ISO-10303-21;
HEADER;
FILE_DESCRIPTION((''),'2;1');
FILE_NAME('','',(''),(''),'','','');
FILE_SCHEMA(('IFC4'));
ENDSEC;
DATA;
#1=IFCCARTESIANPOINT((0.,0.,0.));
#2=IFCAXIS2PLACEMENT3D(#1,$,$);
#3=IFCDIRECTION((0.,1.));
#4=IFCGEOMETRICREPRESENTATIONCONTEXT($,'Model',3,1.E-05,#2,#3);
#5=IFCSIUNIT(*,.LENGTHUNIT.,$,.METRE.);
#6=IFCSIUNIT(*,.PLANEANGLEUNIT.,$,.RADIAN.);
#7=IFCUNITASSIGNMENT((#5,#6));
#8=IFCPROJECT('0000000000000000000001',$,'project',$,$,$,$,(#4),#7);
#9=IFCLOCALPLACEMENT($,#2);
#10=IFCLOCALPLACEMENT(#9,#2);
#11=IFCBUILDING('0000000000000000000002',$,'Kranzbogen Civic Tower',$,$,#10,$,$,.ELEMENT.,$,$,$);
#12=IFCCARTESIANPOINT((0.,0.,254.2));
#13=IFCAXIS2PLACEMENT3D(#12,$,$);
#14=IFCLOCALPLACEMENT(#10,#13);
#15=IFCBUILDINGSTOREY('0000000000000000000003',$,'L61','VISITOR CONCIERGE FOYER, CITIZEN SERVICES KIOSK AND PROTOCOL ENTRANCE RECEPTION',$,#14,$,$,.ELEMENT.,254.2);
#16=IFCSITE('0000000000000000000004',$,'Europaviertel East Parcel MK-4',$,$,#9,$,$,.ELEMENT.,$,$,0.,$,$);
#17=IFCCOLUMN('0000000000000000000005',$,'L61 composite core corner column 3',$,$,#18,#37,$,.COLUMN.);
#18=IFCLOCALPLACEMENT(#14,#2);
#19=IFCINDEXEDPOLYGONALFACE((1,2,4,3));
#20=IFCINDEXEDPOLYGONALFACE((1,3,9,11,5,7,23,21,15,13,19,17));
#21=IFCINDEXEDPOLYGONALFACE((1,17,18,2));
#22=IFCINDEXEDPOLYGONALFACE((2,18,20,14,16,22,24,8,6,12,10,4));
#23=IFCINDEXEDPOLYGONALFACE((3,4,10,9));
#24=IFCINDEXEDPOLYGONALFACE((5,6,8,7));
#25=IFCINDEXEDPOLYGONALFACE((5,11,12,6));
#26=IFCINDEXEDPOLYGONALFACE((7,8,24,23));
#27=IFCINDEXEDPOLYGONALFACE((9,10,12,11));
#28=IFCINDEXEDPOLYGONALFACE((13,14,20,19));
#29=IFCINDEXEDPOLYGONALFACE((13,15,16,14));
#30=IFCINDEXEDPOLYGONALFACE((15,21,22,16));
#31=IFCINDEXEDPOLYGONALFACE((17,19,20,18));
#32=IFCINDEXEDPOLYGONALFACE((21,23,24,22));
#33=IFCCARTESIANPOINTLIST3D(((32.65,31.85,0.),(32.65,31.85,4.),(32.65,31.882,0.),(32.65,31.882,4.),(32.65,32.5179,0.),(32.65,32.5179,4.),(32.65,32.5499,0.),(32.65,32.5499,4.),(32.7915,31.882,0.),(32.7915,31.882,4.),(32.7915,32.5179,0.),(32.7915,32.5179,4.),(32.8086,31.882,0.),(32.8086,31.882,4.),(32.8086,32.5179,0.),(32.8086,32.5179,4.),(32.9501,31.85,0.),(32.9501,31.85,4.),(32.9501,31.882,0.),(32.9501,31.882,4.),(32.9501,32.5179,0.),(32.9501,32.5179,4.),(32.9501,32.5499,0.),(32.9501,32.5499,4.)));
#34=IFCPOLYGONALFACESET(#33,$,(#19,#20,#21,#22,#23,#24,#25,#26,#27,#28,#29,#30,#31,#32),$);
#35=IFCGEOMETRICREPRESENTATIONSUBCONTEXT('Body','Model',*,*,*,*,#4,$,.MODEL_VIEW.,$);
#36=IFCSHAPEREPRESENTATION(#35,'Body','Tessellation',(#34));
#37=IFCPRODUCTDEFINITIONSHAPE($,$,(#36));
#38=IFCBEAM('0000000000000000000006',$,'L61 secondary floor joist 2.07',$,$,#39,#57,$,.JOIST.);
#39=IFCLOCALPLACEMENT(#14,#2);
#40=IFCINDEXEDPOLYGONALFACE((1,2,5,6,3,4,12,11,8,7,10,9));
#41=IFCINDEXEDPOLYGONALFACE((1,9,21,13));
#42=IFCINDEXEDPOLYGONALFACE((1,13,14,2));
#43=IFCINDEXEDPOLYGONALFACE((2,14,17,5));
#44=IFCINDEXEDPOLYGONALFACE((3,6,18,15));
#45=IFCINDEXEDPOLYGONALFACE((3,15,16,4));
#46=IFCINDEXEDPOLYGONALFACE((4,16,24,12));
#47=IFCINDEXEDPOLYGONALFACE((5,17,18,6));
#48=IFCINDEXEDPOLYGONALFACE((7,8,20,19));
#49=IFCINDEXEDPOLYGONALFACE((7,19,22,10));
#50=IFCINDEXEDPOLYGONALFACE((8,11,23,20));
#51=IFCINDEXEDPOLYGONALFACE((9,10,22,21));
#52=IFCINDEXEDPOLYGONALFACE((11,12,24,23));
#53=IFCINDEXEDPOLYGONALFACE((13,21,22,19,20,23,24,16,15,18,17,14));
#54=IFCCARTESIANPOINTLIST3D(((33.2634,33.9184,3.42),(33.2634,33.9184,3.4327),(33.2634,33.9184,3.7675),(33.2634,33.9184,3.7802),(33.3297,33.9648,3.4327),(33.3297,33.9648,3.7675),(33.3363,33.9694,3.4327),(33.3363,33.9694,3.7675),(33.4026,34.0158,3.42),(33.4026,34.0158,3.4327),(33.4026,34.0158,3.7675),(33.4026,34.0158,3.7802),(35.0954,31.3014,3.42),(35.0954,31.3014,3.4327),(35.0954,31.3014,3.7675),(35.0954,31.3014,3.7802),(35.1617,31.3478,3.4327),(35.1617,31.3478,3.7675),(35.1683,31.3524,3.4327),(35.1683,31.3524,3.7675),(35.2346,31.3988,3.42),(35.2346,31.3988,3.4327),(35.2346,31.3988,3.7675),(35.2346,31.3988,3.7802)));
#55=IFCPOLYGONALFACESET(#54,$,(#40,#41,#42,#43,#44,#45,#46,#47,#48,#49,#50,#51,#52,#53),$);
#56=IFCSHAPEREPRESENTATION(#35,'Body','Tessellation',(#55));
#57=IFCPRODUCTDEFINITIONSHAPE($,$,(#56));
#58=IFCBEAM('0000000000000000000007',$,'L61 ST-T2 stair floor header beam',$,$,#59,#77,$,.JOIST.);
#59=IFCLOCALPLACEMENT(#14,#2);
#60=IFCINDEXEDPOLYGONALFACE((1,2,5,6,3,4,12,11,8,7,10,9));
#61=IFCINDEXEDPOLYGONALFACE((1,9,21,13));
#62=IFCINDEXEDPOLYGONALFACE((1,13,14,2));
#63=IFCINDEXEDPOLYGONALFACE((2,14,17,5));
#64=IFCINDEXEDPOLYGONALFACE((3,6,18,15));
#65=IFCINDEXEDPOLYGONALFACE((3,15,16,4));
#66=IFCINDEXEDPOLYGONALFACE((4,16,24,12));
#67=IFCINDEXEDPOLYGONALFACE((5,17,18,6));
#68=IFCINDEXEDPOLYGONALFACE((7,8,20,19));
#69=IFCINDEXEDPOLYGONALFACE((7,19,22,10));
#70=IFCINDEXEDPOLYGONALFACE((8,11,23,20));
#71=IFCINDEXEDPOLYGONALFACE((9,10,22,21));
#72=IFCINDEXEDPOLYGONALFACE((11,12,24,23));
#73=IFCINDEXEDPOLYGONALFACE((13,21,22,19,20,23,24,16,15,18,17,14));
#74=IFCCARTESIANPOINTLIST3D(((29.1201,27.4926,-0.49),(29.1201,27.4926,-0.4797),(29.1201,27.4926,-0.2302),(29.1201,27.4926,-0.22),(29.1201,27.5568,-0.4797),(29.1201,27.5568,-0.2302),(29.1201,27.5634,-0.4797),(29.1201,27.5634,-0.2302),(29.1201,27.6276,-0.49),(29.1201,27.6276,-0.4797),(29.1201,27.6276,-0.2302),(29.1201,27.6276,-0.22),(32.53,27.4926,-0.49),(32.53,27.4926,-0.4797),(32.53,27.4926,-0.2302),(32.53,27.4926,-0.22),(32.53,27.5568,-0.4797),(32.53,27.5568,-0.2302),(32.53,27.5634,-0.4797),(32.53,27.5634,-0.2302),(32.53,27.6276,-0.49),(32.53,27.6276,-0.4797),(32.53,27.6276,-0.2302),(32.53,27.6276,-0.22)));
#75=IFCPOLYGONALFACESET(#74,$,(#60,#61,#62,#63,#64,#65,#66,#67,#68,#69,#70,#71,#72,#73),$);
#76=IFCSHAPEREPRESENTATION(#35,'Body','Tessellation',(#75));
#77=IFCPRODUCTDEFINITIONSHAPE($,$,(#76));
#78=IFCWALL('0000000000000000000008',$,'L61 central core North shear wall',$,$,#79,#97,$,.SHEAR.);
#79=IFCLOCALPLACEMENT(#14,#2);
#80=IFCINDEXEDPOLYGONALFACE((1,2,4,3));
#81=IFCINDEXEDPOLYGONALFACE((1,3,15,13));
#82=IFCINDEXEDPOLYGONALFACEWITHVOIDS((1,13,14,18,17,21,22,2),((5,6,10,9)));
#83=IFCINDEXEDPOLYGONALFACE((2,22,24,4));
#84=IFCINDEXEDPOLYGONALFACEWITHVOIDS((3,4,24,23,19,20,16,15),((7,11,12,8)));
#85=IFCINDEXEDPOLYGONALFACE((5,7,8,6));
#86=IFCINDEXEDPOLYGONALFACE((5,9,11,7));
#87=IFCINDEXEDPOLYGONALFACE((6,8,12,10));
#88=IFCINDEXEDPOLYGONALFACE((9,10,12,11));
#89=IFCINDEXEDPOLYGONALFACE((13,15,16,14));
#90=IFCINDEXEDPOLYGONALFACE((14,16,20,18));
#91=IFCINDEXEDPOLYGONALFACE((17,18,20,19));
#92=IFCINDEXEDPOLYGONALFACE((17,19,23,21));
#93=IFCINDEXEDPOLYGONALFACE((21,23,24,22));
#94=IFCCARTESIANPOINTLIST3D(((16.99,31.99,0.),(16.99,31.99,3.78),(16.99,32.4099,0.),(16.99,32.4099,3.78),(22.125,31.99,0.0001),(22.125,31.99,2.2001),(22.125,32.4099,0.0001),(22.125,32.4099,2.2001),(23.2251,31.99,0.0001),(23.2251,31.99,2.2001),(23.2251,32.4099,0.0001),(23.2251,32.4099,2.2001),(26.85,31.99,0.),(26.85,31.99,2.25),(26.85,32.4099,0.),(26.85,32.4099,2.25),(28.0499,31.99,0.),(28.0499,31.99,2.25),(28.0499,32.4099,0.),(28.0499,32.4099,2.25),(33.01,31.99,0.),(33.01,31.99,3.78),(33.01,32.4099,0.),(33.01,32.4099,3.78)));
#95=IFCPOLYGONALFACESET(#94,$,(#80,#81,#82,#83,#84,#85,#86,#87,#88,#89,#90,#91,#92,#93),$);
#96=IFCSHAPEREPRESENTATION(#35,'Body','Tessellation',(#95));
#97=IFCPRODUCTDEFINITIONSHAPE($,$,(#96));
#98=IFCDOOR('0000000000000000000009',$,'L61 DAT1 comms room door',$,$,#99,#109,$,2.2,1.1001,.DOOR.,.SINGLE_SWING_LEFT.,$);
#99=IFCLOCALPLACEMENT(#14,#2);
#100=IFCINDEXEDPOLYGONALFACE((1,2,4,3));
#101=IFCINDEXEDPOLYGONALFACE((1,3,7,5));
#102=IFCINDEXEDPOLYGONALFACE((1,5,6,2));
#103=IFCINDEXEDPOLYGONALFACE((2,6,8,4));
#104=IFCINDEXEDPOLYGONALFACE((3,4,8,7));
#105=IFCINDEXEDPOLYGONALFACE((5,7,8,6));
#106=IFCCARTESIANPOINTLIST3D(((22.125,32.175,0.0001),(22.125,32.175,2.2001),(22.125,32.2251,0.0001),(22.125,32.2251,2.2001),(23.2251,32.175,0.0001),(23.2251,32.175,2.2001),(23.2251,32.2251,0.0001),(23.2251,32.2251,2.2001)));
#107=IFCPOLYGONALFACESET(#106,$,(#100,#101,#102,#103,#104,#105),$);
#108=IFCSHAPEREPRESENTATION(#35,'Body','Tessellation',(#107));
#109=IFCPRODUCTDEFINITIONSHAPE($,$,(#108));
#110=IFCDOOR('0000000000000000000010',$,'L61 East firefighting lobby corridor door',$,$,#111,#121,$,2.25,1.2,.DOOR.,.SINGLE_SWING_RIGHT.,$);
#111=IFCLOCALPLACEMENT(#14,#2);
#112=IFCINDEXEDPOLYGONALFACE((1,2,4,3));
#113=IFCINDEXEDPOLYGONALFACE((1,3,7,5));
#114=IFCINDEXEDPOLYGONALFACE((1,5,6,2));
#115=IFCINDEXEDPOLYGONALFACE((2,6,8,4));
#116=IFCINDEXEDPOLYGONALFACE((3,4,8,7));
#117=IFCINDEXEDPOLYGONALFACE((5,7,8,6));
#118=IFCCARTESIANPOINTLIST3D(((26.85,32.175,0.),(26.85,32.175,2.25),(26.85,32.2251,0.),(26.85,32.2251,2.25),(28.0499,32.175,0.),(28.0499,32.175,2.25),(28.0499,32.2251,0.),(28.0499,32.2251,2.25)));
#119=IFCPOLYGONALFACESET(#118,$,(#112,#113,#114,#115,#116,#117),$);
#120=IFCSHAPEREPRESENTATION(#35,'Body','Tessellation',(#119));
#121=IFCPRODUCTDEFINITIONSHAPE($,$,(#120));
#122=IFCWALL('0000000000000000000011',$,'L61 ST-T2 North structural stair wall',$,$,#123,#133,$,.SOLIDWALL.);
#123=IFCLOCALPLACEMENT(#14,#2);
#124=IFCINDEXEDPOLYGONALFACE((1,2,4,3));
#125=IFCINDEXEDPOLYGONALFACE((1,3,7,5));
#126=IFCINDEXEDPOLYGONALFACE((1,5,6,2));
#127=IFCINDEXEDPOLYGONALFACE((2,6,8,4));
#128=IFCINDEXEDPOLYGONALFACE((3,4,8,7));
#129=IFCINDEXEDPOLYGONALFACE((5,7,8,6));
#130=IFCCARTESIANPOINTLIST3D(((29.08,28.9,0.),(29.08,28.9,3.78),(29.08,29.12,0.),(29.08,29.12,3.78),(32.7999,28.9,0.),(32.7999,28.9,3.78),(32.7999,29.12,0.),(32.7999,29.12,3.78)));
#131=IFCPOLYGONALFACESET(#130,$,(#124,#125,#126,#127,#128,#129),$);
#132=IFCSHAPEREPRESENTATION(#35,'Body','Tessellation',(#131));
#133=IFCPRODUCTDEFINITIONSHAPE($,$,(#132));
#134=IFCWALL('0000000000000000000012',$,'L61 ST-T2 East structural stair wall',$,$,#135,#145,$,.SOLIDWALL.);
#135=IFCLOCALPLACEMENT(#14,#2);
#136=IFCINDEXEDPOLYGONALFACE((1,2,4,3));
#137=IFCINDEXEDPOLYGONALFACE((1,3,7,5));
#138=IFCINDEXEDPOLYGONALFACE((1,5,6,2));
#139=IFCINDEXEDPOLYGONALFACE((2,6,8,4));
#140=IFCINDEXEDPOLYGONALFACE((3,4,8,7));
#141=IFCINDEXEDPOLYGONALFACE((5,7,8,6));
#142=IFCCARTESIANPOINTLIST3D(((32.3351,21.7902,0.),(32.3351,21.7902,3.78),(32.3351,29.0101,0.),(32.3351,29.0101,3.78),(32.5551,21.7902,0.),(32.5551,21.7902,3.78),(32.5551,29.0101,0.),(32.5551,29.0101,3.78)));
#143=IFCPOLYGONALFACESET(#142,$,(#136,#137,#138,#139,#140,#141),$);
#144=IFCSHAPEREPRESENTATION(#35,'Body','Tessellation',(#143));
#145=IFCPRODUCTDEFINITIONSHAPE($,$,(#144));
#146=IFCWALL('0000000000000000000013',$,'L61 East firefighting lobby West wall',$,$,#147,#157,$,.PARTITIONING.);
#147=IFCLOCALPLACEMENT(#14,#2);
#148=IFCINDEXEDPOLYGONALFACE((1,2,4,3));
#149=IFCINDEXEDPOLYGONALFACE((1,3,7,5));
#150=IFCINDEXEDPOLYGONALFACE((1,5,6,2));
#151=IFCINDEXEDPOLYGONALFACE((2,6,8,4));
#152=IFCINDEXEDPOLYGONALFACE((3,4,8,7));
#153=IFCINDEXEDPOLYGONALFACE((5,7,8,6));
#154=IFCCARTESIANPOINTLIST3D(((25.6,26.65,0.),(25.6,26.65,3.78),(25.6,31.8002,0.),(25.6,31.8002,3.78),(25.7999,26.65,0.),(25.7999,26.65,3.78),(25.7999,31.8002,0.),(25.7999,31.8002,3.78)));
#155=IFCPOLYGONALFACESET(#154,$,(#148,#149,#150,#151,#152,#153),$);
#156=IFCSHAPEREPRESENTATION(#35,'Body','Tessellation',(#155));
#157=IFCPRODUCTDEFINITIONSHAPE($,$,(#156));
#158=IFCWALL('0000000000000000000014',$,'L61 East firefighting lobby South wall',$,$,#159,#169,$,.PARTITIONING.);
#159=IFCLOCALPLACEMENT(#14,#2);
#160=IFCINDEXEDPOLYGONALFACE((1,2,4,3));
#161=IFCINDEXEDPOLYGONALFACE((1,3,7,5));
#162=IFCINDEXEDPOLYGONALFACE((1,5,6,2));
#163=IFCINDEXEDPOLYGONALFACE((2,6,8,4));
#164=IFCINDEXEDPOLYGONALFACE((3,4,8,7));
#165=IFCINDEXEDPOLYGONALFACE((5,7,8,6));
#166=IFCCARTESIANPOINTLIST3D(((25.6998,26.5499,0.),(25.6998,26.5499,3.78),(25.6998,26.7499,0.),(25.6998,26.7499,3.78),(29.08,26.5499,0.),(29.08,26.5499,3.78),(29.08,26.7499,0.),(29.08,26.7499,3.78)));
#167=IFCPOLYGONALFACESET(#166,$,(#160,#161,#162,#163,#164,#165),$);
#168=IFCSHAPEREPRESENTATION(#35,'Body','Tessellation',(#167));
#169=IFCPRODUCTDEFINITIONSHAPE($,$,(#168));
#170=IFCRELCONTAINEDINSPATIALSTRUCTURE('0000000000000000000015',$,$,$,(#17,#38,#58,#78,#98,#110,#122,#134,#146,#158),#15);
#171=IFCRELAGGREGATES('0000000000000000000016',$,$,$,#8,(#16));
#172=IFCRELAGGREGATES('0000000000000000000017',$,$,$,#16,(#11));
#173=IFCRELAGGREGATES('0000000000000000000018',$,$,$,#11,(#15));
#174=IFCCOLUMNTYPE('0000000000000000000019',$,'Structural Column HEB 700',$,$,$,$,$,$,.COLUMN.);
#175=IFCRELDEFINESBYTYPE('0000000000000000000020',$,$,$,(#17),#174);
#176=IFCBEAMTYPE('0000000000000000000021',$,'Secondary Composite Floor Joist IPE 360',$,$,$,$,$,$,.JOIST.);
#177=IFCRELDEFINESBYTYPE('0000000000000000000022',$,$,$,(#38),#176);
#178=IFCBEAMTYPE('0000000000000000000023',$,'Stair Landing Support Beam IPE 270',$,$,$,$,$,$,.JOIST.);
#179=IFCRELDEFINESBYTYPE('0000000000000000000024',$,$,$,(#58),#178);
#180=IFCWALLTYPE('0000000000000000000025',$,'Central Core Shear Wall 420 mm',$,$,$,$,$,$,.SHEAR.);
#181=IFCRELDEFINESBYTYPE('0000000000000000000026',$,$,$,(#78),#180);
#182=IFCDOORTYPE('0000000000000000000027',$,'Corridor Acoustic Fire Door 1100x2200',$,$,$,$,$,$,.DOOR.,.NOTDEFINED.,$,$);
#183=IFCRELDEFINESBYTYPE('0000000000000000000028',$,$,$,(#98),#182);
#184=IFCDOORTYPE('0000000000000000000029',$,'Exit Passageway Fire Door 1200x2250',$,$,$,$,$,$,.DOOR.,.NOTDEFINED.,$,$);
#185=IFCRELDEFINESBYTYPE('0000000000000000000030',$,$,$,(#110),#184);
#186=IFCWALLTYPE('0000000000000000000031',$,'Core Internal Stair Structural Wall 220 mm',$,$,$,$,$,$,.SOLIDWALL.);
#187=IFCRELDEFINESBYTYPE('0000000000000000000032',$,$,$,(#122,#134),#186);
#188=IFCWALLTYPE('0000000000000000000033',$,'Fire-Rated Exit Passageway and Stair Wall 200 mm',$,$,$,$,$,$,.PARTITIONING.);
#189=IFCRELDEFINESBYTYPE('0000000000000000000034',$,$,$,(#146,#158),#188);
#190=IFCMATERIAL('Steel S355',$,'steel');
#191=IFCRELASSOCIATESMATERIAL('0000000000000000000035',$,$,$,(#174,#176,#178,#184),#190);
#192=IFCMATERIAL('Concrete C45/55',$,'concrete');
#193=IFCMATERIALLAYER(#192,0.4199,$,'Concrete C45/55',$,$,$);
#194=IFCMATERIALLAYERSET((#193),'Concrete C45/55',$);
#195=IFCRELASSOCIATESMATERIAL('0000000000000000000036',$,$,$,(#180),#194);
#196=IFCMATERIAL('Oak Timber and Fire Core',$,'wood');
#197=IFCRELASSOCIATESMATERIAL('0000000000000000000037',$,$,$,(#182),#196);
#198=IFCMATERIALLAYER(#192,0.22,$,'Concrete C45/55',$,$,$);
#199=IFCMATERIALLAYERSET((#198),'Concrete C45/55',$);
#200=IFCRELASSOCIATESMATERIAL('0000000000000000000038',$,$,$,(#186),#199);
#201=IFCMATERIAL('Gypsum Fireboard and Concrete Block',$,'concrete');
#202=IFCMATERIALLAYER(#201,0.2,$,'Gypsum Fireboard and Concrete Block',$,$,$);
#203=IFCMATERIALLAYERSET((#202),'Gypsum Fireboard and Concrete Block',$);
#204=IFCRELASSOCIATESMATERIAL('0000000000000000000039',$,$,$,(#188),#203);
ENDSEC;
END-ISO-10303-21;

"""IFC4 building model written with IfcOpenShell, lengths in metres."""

from ifc_helpers import new_model, si_unit, direction, frame, frame_2d, origin, origin_2d, place, context, subcontext, project, spatial, rectangle, i_section, extrude, material, layer, layer_set, material_profile, profile_set, type_object, element, fill, save


model = new_model("IFC4")

# Units and contexts
model_context = context("Model", 3, precision=1e-05, world=origin(), true_north=direction((0.0, 1.0)))
body_context = subcontext(model_context, "Body", "Model", "MODEL_VIEW")
ifc_project = project(units=[si_unit("LENGTHUNIT", "METRE"), si_unit("PLANEANGLEUNIT", "RADIAN")], contexts=[model_context])

# Site, building, storey
site_placement = place(None, origin())
site = spatial("IfcSite", under=ifc_project, at=site_placement, Name="Europaviertel East Parcel MK-4", CompositionType="ELEMENT", RefElevation=0.0)
building_placement = place(site_placement, origin())
building = spatial("IfcBuilding", under=site, at=building_placement, Name="Kranzbogen Civic Tower", CompositionType="ELEMENT")
storey_placement = place(building_placement, frame((0.0, 0.0, 254.2)))
storey = spatial("IfcBuildingStorey", under=building, at=storey_placement, Name="L61", Description="VISITOR CONCIERGE FOYER, CITIZEN SERVICES KIOSK AND PROTOCOL ENTRANCE RECEPTION", CompositionType="ELEMENT", Elevation=254.2)

# Column
ifc_material_1 = material(Name="Steel S355", Category="steel")
ifc_material_profile_1 = material_profile(ifc_material_1, i_section(OverallWidth=0.3, OverallDepth=0.7, WebThickness=0.0171, FlangeThickness=0.032, at=origin_2d()), Name="HEB 700")
ifc_profile_set_1 = profile_set([ifc_material_profile_1], Name="Steel S355")
column_type = type_object("IfcColumnType", Name="Structural Column HEB 700", PredefinedType="COLUMN", material=ifc_profile_set_1)
column_placement = place(storey_placement, frame((32.8, 32.2, 0.0), z_axis=(0.0, 0.0, 1.0), x_axis=(1.0, 0.0, 0.0)))
element("IfcColumn", 1, at=column_placement, inside=storey, type_object=column_type, Name="L61 composite core corner column 3", PredefinedType="COLUMN", context=body_context, shape_type="SweptSolid", body=[
    extrude(i_section(OverallWidth=0.3, OverallDepth=0.7, WebThickness=0.0171, FlangeThickness=0.032, at=origin_2d()), origin(), (0.0, 0.0, 1.0), 4.0),
])

# Beams
ifc_material_profile_2 = material_profile(ifc_material_1, i_section(OverallWidth=0.1699, OverallDepth=0.3601, WebThickness=0.0081, FlangeThickness=0.0127, at=origin_2d()), Name="IPE 360")
ifc_profile_set_2 = profile_set([ifc_material_profile_2], Name="Steel S355")
beam_type_1 = type_object("IfcBeamType", Name="Secondary Composite Floor Joist IPE 360", PredefinedType="JOIST", material=ifc_profile_set_2)
beam_1_placement = place(storey_placement, frame((35.165, 31.3501, 3.6001), z_axis=(-0.573498, 0.819207, 0.0), x_axis=(-0.819207, -0.573498, 0.0)))
element("IfcBeam", 2, at=beam_1_placement, inside=storey, type_object=beam_type_1, Name="L61 secondary floor joist 2.07", PredefinedType="JOIST", context=body_context, shape_type="SweptSolid", body=[
    extrude(i_section(OverallWidth=0.1699, OverallDepth=0.3601, WebThickness=0.0081, FlangeThickness=0.0127, at=origin_2d()), origin(), (0.0, 0.0, 1.0), 3.1946),
])
ifc_material_profile_3 = material_profile(ifc_material_1, i_section(OverallWidth=0.135, OverallDepth=0.27, WebThickness=0.0066, FlangeThickness=0.0103, at=origin_2d()), Name="IPE 270")
ifc_profile_set_3 = profile_set([ifc_material_profile_3], Name="Steel S355")
beam_type_2 = type_object("IfcBeamType", Name="Stair Landing Support Beam IPE 270", PredefinedType="JOIST", material=ifc_profile_set_3)
beam_2_placement = place(storey_placement, frame((29.1201, 27.5601, -0.355), z_axis=(1.0, 0.0, 0.0), x_axis=(0.0, 1.0, 0.0)))
element("IfcBeam", 3, at=beam_2_placement, inside=storey, type_object=beam_type_2, Name="L61 ST-T2 stair floor header beam", PredefinedType="JOIST", context=body_context, shape_type="SweptSolid", body=[
    extrude(i_section(OverallWidth=0.135, OverallDepth=0.27, WebThickness=0.0066, FlangeThickness=0.0103, at=origin_2d()), origin(), (0.0, 0.0, 1.0), 3.4099),
])

# Wall, openings, doors
ifc_material_2 = material(Name="Concrete C45/55", Category="concrete")
ifc_layer_1 = layer(ifc_material_2, 0.4199, Name="Concrete C45/55")
ifc_layer_set_1 = layer_set([ifc_layer_1], Name="Concrete C45/55")
wall_type_1 = type_object("IfcWallType", Name="Central Core Shear Wall 420 mm", PredefinedType="SHEAR", material=ifc_layer_set_1)
wall_1_placement = place(storey_placement, frame((33.01, 32.2, 0.0), z_axis=(0.0, 0.0, 1.0), x_axis=(-1.0, 0.0, 0.0)))
wall_1 = element("IfcWall", 4, at=wall_1_placement, inside=storey, type_object=wall_type_1, Name="L61 central core North shear wall", PredefinedType="SHEAR", context=body_context, shape_type="SweptSolid", body=[
    extrude(rectangle(XDim=16.02, YDim=0.4199, at=frame_2d((8.01, 0.0))), origin(), (0.0, 0.0, 1.0), 3.78),
])
opening_1_placement = place(wall_1_placement, frame((4.96, 0.0, 0.0)))
opening_1 = element("IfcOpeningElement", 5, at=opening_1_placement, cuts=wall_1, PredefinedType="OPENING", context=body_context, shape_type="SweptSolid", body=[
    extrude(rectangle(XDim=1.2, YDim=2.25, at=frame_2d((0.6001, 1.125))), frame((0.0, 0.22, 0.0), z_axis=(0.0, -1.0, 0.0), x_axis=(1.0, 0.0, 0.0)), (0.0, 0.0, 1.0), 0.4399),
])
opening_2_placement = place(wall_1_placement, frame((9.7849, 0.0, 0.0)))
opening_2 = element("IfcOpeningElement", 6, at=opening_2_placement, cuts=wall_1, PredefinedType="OPENING", context=body_context, shape_type="SweptSolid", body=[
    extrude(rectangle(XDim=1.1001, YDim=2.2, at=frame_2d((0.55, 1.1001))), frame((0.0, 0.22, 0.0), z_axis=(0.0, -1.0, 0.0), x_axis=(1.0, 0.0, 0.0)), (0.0, 0.0, 1.0), 0.4399),
])
ifc_material_3 = material(Name="Oak Timber and Fire Core", Category="wood")
door_type_1 = type_object("IfcDoorType", Name="Corridor Acoustic Fire Door 1100x2200", OperationType="NOTDEFINED", PredefinedType="DOOR", material=ifc_material_3)
door_1_placement = place(opening_2_placement, origin())
door_1 = element("IfcDoor", 7, at=door_1_placement, inside=storey, type_object=door_type_1, Name="L61 DAT1 comms room door", OperationType="SINGLE_SWING_LEFT", OverallHeight=2.2, OverallWidth=1.1001, PredefinedType="DOOR", context=body_context, shape_type="SweptSolid", body=[
    extrude(rectangle(XDim=1.1001, YDim=2.2, at=frame_2d((0.55, 1.1001))), frame((0.0, 0.0249, 0.0), z_axis=(0.0, -1.0, 0.0), x_axis=(1.0, 0.0, 0.0)), (0.0, 0.0, 1.0), 0.05),
])
fill(opening_2, door_1)
door_type_2 = type_object("IfcDoorType", Name="Exit Passageway Fire Door 1200x2250", OperationType="NOTDEFINED", PredefinedType="DOOR", material=ifc_material_1)
door_2_placement = place(opening_1_placement, origin())
door_2 = element("IfcDoor", 8, at=door_2_placement, inside=storey, type_object=door_type_2, Name="L61 East firefighting lobby corridor door", OperationType="SINGLE_SWING_RIGHT", OverallHeight=2.25, OverallWidth=1.2, PredefinedType="DOOR", context=body_context, shape_type="SweptSolid", body=[
    extrude(rectangle(XDim=1.2, YDim=2.25, at=frame_2d((0.6001, 1.125))), frame((0.0, 0.0249, 0.0), z_axis=(0.0, -1.0, 0.0), x_axis=(1.0, 0.0, 0.0)), (0.0, 0.0, 1.0), 0.05),
])
fill(opening_1, door_2)

# Walls
ifc_layer_2 = layer(ifc_material_2, 0.22, Name="Concrete C45/55")
ifc_layer_set_2 = layer_set([ifc_layer_2], Name="Concrete C45/55")
wall_type_2 = type_object("IfcWallType", Name="Core Internal Stair Structural Wall 220 mm", PredefinedType="SOLIDWALL", material=ifc_layer_set_2)
wall_2_placement = place(storey_placement, frame((29.0801, 29.01, 0.0), z_axis=(0.0, 0.0, 1.0), x_axis=(1.0, 0.0, 0.0)))
element("IfcWall", 9, at=wall_2_placement, inside=storey, type_object=wall_type_2, Name="L61 ST-T2 North structural stair wall", PredefinedType="SOLIDWALL", context=body_context, shape_type="SweptSolid", body=[
    extrude(rectangle(XDim=3.72, YDim=0.22, at=frame_2d((1.8599, 0.0))), origin(), (0.0, 0.0, 1.0), 3.78),
])
wall_3_placement = place(storey_placement, frame((32.4451, 29.01, 0.0), z_axis=(0.0, 0.0, 1.0), x_axis=(0.0, -1.0, 0.0)))
element("IfcWall", 10, at=wall_3_placement, inside=storey, type_object=wall_type_2, Name="L61 ST-T2 East structural stair wall", PredefinedType="SOLIDWALL", context=body_context, shape_type="SweptSolid", body=[
    extrude(rectangle(XDim=7.22, YDim=0.22, at=frame_2d((3.6099, 0.0))), origin(), (0.0, 0.0, 1.0), 3.78),
])
ifc_material_4 = material(Name="Gypsum Fireboard and Concrete Block", Category="concrete")
ifc_layer_3 = layer(ifc_material_4, 0.2, Name="Gypsum Fireboard and Concrete Block")
ifc_layer_set_3 = layer_set([ifc_layer_3], Name="Gypsum Fireboard and Concrete Block")
wall_type_3 = type_object("IfcWallType", Name="Fire-Rated Exit Passageway and Stair Wall 200 mm", PredefinedType="PARTITIONING", material=ifc_layer_set_3)
wall_4_placement = place(storey_placement, frame((25.7, 26.6499, 0.0), z_axis=(0.0, 0.0, 1.0), x_axis=(0.0, 1.0, 0.0)))
element("IfcWall", 11, at=wall_4_placement, inside=storey, type_object=wall_type_3, Name="L61 East firefighting lobby West wall", PredefinedType="PARTITIONING", context=body_context, shape_type="SweptSolid", body=[
    extrude(rectangle(XDim=5.1501, YDim=0.2, at=frame_2d((2.5752, 0.0))), origin(), (0.0, 0.0, 1.0), 3.78),
])
wall_5_placement = place(storey_placement, frame((25.7, 26.6499, 0.0), z_axis=(0.0, 0.0, 1.0), x_axis=(1.0, 0.0, 0.0)))
element("IfcWall", 12, at=wall_5_placement, inside=storey, type_object=wall_type_3, Name="L61 East firefighting lobby South wall", PredefinedType="PARTITIONING", context=body_context, shape_type="SweptSolid", body=[
    extrude(rectangle(XDim=3.3801, YDim=0.2, at=frame_2d((1.6899, 0.0))), origin(), (0.0, 0.0, 1.0), 3.78),
])

save(model, "model.ifc")
